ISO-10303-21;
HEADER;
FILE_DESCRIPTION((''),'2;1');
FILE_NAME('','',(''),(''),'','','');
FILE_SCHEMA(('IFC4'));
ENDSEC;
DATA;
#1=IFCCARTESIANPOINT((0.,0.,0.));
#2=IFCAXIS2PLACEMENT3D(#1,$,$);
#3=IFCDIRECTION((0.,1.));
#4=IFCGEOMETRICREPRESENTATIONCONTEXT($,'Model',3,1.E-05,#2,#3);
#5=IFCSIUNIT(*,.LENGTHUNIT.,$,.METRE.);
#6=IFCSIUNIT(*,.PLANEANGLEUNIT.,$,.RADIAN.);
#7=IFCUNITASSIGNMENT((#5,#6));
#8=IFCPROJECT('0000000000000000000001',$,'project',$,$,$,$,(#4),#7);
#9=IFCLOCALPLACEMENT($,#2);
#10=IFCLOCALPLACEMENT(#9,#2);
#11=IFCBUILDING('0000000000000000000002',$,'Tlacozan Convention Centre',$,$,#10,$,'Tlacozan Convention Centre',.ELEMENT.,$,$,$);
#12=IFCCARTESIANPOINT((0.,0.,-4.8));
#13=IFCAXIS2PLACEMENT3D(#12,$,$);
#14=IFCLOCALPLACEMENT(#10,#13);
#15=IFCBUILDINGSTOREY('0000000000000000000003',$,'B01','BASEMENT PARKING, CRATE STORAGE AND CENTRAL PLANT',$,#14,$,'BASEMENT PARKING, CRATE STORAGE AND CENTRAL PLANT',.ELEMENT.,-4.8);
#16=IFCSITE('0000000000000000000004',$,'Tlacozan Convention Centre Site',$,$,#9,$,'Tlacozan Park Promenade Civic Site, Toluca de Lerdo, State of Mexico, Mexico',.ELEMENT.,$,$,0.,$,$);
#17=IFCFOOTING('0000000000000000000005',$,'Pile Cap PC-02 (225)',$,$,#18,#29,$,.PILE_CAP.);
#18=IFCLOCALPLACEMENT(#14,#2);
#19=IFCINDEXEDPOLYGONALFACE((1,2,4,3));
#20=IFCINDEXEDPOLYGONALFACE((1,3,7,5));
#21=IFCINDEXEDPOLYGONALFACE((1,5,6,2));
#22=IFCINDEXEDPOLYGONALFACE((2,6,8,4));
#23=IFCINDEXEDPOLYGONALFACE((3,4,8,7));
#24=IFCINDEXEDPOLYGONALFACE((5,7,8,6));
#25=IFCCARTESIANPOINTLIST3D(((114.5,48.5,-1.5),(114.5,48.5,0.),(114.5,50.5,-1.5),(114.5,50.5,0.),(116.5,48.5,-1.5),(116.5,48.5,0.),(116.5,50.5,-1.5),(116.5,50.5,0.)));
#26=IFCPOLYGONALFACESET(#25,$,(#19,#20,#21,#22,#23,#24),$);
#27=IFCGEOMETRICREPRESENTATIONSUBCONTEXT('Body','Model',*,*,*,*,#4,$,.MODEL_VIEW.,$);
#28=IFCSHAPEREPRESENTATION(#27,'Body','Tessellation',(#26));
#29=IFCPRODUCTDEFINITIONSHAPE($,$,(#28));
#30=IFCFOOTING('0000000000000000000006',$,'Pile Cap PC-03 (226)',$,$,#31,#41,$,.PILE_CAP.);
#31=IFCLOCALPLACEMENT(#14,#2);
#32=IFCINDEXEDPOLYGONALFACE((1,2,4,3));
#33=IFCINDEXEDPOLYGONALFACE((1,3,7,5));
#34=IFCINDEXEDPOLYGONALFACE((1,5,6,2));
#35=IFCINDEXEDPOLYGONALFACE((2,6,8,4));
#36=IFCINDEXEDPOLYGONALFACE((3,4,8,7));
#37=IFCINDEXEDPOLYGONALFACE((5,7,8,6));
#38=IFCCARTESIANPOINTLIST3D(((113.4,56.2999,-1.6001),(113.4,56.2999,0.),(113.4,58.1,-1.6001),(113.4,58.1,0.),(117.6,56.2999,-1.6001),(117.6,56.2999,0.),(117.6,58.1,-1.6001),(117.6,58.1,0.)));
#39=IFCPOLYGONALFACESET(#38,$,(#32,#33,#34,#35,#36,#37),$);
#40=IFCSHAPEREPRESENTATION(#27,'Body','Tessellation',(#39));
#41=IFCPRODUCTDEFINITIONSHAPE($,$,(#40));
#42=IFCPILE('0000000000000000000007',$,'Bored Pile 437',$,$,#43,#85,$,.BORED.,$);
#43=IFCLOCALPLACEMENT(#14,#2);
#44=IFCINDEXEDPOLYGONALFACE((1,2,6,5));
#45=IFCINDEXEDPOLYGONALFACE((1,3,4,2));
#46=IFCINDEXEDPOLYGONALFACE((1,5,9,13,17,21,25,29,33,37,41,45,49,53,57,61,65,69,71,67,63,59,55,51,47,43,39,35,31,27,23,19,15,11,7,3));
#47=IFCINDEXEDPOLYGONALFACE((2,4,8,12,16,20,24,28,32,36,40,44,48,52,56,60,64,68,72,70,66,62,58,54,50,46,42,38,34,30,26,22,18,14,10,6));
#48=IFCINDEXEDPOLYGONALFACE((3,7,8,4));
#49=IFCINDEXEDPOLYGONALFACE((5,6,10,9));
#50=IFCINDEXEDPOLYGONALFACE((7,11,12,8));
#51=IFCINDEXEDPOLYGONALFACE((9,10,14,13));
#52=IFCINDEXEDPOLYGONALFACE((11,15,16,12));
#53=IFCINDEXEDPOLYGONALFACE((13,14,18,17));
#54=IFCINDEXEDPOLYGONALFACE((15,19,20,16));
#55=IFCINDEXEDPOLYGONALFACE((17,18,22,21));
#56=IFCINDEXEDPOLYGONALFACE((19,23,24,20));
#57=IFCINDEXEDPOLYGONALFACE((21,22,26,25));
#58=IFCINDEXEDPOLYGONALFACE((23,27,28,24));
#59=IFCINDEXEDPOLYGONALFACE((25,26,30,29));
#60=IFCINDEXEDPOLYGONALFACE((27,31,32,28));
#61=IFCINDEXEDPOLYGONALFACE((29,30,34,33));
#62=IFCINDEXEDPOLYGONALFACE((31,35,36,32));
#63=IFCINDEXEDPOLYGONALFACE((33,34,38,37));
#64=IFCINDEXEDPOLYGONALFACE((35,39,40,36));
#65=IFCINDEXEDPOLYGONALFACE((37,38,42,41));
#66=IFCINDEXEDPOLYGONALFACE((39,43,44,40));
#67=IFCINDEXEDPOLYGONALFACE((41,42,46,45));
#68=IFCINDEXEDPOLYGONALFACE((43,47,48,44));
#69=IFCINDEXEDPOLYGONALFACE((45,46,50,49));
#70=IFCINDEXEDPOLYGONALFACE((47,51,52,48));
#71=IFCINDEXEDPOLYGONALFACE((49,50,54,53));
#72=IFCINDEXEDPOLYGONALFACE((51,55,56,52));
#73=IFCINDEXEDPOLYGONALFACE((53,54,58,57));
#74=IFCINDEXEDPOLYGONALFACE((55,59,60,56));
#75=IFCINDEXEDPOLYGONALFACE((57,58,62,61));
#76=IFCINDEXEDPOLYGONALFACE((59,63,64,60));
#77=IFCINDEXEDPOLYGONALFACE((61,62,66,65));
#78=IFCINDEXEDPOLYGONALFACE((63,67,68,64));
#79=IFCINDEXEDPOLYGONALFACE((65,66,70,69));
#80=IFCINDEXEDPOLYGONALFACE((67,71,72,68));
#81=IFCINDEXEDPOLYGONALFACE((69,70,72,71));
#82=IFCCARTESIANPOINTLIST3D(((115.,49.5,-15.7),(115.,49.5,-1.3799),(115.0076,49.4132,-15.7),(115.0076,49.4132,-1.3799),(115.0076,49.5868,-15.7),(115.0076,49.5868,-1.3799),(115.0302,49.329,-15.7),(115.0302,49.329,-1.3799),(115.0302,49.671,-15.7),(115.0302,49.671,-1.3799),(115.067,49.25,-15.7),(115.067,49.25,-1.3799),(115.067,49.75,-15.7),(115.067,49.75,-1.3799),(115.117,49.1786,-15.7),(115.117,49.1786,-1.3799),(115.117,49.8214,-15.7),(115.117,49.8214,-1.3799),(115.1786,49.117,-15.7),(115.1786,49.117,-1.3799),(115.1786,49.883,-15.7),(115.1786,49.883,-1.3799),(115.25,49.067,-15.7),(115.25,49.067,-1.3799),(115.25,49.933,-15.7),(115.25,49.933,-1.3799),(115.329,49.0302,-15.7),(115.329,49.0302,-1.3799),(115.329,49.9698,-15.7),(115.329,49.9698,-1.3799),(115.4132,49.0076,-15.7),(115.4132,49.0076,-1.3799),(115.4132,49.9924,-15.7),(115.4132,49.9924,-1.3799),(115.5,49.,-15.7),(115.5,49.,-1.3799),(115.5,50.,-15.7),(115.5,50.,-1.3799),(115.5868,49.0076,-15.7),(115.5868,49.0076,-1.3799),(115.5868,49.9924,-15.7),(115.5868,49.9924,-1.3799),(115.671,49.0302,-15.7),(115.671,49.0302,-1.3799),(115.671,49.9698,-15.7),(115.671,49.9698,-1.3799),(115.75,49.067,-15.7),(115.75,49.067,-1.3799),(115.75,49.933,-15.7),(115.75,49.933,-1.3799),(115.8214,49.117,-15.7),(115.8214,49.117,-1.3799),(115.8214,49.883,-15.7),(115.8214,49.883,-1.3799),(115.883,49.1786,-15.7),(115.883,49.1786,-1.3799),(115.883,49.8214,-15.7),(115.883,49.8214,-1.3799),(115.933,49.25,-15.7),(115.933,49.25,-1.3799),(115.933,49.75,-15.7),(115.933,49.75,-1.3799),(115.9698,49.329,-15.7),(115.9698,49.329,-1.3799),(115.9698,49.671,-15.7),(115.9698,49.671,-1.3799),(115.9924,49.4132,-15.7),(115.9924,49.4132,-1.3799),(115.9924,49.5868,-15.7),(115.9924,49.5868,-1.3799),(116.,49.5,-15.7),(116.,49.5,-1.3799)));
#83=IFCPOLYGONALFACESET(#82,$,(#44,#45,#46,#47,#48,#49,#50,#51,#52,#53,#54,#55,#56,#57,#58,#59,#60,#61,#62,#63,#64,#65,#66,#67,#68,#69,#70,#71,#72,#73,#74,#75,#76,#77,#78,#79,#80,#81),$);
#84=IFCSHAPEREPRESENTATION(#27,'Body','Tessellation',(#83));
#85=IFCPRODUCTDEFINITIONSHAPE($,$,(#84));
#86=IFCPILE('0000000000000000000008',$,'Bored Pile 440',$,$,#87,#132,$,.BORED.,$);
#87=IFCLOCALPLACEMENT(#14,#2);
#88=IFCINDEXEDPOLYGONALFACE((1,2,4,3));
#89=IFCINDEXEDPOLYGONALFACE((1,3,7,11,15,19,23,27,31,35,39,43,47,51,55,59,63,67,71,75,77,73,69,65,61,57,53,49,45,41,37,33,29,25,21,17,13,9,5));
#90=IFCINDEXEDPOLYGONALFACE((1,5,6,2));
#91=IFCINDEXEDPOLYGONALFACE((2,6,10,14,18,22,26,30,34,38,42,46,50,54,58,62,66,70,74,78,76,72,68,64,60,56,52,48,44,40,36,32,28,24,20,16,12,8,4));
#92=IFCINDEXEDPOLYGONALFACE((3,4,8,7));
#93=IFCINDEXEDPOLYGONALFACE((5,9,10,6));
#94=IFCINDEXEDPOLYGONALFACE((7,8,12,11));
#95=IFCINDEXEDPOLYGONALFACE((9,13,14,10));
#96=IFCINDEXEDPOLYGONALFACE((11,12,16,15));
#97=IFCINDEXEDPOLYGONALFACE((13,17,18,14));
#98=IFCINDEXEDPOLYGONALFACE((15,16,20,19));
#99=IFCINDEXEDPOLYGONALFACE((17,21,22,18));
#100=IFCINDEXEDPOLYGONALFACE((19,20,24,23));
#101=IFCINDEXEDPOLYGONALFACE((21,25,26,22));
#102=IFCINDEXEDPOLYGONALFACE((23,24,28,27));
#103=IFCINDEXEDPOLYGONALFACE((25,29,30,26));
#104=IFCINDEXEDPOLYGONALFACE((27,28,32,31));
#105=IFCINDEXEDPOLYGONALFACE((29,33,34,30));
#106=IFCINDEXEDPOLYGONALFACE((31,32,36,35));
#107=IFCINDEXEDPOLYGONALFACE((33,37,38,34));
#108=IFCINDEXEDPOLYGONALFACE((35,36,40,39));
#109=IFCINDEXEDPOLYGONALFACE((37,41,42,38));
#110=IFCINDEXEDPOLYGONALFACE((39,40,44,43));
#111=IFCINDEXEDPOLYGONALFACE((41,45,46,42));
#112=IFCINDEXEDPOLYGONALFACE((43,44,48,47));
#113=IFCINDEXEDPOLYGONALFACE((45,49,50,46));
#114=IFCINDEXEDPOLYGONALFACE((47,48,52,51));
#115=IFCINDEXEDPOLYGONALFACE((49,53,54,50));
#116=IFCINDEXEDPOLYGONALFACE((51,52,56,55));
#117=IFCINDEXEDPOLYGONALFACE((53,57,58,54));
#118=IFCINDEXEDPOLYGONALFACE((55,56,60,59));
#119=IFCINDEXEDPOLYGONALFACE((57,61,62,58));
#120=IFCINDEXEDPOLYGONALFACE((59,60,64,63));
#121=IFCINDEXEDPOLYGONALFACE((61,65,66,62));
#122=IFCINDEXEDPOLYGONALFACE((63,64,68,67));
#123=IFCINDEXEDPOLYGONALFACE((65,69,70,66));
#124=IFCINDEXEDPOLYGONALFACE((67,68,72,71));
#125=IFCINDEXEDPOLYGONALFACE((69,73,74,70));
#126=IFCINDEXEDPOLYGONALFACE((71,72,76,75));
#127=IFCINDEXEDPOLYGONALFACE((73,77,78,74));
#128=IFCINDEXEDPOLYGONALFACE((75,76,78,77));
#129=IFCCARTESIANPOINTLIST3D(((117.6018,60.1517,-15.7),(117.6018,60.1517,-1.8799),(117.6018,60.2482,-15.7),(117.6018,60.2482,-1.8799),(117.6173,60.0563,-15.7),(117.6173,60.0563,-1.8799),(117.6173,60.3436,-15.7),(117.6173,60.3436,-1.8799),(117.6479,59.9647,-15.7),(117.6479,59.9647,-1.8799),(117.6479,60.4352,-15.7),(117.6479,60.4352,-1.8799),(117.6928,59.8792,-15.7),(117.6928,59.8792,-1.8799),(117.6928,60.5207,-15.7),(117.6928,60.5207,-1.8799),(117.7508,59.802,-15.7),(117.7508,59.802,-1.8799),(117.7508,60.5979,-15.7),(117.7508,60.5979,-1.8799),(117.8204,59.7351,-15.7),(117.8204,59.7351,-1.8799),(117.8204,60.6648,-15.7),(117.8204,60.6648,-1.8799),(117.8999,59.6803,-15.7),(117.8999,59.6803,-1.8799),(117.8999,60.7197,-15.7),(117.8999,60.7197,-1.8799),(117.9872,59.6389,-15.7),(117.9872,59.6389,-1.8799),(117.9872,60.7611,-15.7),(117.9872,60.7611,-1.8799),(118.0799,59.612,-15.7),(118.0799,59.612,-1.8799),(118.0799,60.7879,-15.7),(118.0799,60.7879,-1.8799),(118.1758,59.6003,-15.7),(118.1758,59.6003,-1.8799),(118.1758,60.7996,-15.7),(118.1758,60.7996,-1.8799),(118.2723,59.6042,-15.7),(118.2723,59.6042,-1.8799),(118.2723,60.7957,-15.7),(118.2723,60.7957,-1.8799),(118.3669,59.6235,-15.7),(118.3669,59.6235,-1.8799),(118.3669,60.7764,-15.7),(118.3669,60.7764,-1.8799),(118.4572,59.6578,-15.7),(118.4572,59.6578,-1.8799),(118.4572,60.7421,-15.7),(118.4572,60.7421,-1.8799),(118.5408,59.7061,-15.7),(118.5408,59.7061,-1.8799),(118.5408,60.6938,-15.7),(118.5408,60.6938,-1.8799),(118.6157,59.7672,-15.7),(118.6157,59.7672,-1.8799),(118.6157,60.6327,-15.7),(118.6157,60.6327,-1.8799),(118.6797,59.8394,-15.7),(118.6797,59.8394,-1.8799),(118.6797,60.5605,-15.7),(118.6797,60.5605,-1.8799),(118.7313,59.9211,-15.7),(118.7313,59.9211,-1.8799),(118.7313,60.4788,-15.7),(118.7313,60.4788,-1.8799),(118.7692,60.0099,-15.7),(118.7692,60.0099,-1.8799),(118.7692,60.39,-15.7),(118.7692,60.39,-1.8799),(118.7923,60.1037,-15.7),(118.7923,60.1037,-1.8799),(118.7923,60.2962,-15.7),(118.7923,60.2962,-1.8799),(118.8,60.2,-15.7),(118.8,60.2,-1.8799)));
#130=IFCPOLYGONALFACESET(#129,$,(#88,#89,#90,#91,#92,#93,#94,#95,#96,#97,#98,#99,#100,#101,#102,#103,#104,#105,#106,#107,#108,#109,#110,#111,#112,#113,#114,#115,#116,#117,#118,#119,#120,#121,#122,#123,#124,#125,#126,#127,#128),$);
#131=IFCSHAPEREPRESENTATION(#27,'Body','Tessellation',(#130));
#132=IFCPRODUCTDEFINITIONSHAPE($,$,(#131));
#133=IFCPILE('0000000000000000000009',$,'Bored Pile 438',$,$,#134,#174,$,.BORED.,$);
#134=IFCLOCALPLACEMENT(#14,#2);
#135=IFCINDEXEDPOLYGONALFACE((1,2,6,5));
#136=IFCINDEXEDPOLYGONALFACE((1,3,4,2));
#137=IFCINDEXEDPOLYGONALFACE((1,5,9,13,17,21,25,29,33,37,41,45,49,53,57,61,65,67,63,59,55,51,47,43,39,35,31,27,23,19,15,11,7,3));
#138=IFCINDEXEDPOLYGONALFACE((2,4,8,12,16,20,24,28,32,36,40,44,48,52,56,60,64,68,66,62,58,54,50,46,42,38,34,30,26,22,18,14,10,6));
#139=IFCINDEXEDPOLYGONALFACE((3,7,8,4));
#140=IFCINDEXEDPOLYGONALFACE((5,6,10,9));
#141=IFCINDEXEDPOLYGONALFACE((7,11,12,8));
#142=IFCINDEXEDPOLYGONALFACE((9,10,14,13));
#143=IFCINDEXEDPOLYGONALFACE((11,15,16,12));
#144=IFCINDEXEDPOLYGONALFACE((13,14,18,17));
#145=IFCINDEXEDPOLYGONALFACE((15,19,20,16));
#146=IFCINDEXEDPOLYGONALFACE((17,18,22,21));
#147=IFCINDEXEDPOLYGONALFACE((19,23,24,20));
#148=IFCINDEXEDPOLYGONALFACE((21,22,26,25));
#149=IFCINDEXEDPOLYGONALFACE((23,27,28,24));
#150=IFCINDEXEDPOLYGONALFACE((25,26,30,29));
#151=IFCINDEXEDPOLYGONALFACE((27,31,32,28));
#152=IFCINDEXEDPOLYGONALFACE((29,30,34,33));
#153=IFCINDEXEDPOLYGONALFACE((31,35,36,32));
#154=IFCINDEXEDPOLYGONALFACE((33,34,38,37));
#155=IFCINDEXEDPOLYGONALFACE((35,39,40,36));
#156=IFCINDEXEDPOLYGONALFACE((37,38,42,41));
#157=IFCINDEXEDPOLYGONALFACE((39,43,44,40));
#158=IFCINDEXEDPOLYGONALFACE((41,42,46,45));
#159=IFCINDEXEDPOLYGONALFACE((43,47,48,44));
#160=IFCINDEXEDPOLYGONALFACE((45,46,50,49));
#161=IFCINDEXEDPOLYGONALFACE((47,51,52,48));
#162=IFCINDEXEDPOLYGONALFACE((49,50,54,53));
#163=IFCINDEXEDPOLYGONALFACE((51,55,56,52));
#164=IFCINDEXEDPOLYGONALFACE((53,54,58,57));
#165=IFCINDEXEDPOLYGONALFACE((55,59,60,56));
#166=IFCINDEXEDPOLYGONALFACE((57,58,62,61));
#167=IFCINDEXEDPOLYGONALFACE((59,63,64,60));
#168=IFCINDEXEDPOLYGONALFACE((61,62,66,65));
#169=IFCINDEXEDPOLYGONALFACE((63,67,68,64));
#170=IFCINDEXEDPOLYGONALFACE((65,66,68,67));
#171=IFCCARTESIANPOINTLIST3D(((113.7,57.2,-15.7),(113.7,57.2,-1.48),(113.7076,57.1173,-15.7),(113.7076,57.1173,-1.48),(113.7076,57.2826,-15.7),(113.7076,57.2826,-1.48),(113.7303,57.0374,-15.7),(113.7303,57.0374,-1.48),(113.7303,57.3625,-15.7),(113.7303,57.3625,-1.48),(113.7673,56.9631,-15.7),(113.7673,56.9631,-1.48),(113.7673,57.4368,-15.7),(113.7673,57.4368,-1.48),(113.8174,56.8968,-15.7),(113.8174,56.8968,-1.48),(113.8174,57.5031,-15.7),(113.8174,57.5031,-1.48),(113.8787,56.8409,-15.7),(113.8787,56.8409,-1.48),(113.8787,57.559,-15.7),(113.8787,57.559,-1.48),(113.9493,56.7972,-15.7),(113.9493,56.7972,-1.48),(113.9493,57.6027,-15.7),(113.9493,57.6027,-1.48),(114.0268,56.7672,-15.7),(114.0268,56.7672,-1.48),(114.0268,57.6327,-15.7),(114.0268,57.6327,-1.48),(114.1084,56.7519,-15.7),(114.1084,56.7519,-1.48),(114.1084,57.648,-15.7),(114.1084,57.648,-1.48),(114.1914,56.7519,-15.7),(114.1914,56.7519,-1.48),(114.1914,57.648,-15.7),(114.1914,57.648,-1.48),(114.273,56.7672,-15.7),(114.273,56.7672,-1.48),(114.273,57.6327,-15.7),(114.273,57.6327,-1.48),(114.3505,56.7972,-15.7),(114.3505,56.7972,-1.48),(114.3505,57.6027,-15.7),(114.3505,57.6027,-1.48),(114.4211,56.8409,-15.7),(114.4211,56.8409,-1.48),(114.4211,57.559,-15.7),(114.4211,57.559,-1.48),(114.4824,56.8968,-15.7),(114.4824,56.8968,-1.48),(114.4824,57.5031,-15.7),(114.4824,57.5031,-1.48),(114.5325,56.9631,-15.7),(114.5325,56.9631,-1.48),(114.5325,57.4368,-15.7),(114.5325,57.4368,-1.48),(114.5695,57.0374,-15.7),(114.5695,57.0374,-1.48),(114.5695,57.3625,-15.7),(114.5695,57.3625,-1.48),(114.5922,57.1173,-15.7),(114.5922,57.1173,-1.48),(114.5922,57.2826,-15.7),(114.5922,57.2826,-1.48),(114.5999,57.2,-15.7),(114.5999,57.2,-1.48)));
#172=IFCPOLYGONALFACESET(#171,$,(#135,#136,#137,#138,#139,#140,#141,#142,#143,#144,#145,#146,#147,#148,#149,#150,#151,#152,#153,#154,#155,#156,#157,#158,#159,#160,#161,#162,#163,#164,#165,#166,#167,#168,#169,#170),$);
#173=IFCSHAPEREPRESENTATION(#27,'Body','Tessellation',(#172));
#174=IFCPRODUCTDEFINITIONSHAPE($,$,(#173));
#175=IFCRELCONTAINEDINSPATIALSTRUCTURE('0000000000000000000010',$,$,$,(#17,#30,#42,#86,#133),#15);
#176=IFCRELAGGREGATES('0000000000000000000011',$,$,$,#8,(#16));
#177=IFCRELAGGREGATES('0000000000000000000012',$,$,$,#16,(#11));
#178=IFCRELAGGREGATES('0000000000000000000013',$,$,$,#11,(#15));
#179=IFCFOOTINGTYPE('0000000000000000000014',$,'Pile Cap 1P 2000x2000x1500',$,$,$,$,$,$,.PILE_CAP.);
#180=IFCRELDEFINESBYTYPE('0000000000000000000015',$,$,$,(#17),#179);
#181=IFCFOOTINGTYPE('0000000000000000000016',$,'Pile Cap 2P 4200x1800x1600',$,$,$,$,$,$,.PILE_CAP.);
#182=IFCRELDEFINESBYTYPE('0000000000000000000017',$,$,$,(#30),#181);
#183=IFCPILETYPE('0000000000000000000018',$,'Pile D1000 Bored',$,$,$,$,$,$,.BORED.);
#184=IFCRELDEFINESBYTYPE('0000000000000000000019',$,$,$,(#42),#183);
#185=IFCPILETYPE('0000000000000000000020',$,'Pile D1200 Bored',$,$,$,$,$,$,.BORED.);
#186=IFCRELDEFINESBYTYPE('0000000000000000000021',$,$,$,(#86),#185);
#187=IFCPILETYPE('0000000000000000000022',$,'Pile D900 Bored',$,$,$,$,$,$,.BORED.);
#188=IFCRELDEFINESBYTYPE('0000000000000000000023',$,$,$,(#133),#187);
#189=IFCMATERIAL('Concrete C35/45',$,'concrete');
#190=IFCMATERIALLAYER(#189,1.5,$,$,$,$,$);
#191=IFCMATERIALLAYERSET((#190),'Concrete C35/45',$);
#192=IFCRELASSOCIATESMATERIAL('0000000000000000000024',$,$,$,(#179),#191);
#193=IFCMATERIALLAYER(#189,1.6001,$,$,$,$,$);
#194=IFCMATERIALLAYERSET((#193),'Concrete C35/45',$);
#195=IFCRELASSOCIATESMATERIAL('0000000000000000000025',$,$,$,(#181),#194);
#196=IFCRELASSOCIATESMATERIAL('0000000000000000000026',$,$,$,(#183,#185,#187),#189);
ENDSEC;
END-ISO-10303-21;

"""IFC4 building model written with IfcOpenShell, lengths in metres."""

from ifc_helpers import new_model, si_unit, direction, frame, origin, origin_2d, place, context, subcontext, project, spatial, rectangle, circle, extrude, material, layer, layer_set, material_profile, profile_set, type_object, element, save


model = new_model("IFC4")

# Units and contexts
model_context = context("Model", 3, precision=1e-05, world=origin(), true_north=direction((0.0, 1.0)))
body_context = subcontext(model_context, "Body", "Model", "MODEL_VIEW")
ifc_project = project(units=[si_unit("LENGTHUNIT", "METRE"), si_unit("PLANEANGLEUNIT", "RADIAN")], contexts=[model_context])

# Site, building, storey
site_placement = place(None, origin())
site = spatial("IfcSite", under=ifc_project, at=site_placement, Name="Tlacozan Convention Centre Site", LongName="Tlacozan Park Promenade Civic Site, Toluca de Lerdo, State of Mexico, Mexico", CompositionType="ELEMENT", RefElevation=0.0)
building_placement = place(site_placement, origin())
building = spatial("IfcBuilding", under=site, at=building_placement, Name="Tlacozan Convention Centre", LongName="Tlacozan Convention Centre", CompositionType="ELEMENT")
storey_placement = place(building_placement, frame((0.0, 0.0, -4.8)))
storey = spatial("IfcBuildingStorey", under=building, at=storey_placement, Name="B01", Description="BASEMENT PARKING, CRATE STORAGE AND CENTRAL PLANT", LongName="BASEMENT PARKING, CRATE STORAGE AND CENTRAL PLANT", CompositionType="ELEMENT", Elevation=-4.8)

# Footings
ifc_material_1 = material(Name="Concrete C35/45", Category="concrete")
ifc_layer_1 = layer(ifc_material_1, 1.5)
ifc_layer_set_1 = layer_set([ifc_layer_1], Name="Concrete C35/45")
footing_type_1 = type_object("IfcFootingType", Name="Pile Cap 1P 2000x2000x1500", PredefinedType="PILE_CAP", material=ifc_layer_set_1)
footing_1_placement = place(storey_placement, frame((115.5, 49.5, -1.5), z_axis=(0.0, 0.0, 1.0), x_axis=(1.0, 0.0, 0.0)))
element("IfcFooting", 1, at=footing_1_placement, inside=storey, type_object=footing_type_1, Name="Pile Cap PC-02 (225)", PredefinedType="PILE_CAP", context=body_context, shape_type="SweptSolid", body=[
    extrude(rectangle(XDim=2.0, YDim=2.0, at=origin_2d()), origin(), (0.0, 0.0, 1.0), 1.5),
])
ifc_layer_2 = layer(ifc_material_1, 1.6001)
ifc_layer_set_2 = layer_set([ifc_layer_2], Name="Concrete C35/45")
footing_type_2 = type_object("IfcFootingType", Name="Pile Cap 2P 4200x1800x1600", PredefinedType="PILE_CAP", material=ifc_layer_set_2)
footing_2_placement = place(storey_placement, frame((115.5, 57.2, -1.6001), z_axis=(0.0, 0.0, 1.0), x_axis=(1.0, 0.0, 0.0)))
element("IfcFooting", 2, at=footing_2_placement, inside=storey, type_object=footing_type_2, Name="Pile Cap PC-03 (226)", PredefinedType="PILE_CAP", context=body_context, shape_type="SweptSolid", body=[
    extrude(rectangle(XDim=4.2, YDim=1.8, at=origin_2d()), origin(), (0.0, 0.0, 1.0), 1.6001),
])

# Piles
ifc_material_profile_1 = material_profile(ifc_material_1, circle(Radius=0.5, at=origin_2d()), Name="PILE D1000")
ifc_profile_set_1 = profile_set([ifc_material_profile_1], Name="Concrete C35/45")
pile_type_1 = type_object("IfcPileType", Name="Pile D1000 Bored", PredefinedType="BORED", material=ifc_profile_set_1)
pile_1_placement = place(storey_placement, frame((115.5, 49.5, -1.3799), z_axis=(0.0, 0.0, -1.0), x_axis=(1.0, 0.0, 0.0)))
element("IfcPile", 3, at=pile_1_placement, inside=storey, type_object=pile_type_1, Name="Bored Pile 437", PredefinedType="BORED", context=body_context, shape_type="SweptSolid", body=[
    extrude(circle(Radius=0.5, at=origin_2d()), origin(), (0.0, 0.0, 1.0), 14.3201),
])
ifc_material_profile_2 = material_profile(ifc_material_1, circle(Radius=0.6001, at=origin_2d()), Name="PILE D1200")
ifc_profile_set_2 = profile_set([ifc_material_profile_2], Name="Concrete C35/45")
pile_type_2 = type_object("IfcPileType", Name="Pile D1200 Bored", PredefinedType="BORED", material=ifc_profile_set_2)
pile_2_placement = place(storey_placement, frame((118.2, 60.2, -1.8799), z_axis=(0.0, 0.0, -1.0), x_axis=(1.0, 0.0, 0.0)))
element("IfcPile", 4, at=pile_2_placement, inside=storey, type_object=pile_type_2, Name="Bored Pile 440", PredefinedType="BORED", context=body_context, shape_type="SweptSolid", body=[
    extrude(circle(Radius=0.6001, at=origin_2d()), origin(), (0.0, 0.0, 1.0), 13.8201),
])
ifc_material_profile_3 = material_profile(ifc_material_1, circle(Radius=0.45, at=origin_2d()), Name="PILE D900")
ifc_profile_set_3 = profile_set([ifc_material_profile_3], Name="Concrete C35/45")
pile_type_3 = type_object("IfcPileType", Name="Pile D900 Bored", PredefinedType="BORED", material=ifc_profile_set_3)
for number, where, z_axis, x_axis, name in (
    (5, (114.1499, 57.2, -1.48), (0.0, 0.0, -1.0), (1.0, 0.0, 0.0), "Bored Pile 438"),
):
    element("IfcPile", number, at=place(storey_placement, frame(where, z_axis=z_axis, x_axis=x_axis)), inside=storey, type_object=pile_type_3, Name=name, PredefinedType="BORED", context=body_context, shape_type="SweptSolid", body=[
        extrude(circle(Radius=0.45, at=origin_2d()), origin(), (0.0, 0.0, 1.0), 14.22),
    ])

save(model, "model.ifc")
